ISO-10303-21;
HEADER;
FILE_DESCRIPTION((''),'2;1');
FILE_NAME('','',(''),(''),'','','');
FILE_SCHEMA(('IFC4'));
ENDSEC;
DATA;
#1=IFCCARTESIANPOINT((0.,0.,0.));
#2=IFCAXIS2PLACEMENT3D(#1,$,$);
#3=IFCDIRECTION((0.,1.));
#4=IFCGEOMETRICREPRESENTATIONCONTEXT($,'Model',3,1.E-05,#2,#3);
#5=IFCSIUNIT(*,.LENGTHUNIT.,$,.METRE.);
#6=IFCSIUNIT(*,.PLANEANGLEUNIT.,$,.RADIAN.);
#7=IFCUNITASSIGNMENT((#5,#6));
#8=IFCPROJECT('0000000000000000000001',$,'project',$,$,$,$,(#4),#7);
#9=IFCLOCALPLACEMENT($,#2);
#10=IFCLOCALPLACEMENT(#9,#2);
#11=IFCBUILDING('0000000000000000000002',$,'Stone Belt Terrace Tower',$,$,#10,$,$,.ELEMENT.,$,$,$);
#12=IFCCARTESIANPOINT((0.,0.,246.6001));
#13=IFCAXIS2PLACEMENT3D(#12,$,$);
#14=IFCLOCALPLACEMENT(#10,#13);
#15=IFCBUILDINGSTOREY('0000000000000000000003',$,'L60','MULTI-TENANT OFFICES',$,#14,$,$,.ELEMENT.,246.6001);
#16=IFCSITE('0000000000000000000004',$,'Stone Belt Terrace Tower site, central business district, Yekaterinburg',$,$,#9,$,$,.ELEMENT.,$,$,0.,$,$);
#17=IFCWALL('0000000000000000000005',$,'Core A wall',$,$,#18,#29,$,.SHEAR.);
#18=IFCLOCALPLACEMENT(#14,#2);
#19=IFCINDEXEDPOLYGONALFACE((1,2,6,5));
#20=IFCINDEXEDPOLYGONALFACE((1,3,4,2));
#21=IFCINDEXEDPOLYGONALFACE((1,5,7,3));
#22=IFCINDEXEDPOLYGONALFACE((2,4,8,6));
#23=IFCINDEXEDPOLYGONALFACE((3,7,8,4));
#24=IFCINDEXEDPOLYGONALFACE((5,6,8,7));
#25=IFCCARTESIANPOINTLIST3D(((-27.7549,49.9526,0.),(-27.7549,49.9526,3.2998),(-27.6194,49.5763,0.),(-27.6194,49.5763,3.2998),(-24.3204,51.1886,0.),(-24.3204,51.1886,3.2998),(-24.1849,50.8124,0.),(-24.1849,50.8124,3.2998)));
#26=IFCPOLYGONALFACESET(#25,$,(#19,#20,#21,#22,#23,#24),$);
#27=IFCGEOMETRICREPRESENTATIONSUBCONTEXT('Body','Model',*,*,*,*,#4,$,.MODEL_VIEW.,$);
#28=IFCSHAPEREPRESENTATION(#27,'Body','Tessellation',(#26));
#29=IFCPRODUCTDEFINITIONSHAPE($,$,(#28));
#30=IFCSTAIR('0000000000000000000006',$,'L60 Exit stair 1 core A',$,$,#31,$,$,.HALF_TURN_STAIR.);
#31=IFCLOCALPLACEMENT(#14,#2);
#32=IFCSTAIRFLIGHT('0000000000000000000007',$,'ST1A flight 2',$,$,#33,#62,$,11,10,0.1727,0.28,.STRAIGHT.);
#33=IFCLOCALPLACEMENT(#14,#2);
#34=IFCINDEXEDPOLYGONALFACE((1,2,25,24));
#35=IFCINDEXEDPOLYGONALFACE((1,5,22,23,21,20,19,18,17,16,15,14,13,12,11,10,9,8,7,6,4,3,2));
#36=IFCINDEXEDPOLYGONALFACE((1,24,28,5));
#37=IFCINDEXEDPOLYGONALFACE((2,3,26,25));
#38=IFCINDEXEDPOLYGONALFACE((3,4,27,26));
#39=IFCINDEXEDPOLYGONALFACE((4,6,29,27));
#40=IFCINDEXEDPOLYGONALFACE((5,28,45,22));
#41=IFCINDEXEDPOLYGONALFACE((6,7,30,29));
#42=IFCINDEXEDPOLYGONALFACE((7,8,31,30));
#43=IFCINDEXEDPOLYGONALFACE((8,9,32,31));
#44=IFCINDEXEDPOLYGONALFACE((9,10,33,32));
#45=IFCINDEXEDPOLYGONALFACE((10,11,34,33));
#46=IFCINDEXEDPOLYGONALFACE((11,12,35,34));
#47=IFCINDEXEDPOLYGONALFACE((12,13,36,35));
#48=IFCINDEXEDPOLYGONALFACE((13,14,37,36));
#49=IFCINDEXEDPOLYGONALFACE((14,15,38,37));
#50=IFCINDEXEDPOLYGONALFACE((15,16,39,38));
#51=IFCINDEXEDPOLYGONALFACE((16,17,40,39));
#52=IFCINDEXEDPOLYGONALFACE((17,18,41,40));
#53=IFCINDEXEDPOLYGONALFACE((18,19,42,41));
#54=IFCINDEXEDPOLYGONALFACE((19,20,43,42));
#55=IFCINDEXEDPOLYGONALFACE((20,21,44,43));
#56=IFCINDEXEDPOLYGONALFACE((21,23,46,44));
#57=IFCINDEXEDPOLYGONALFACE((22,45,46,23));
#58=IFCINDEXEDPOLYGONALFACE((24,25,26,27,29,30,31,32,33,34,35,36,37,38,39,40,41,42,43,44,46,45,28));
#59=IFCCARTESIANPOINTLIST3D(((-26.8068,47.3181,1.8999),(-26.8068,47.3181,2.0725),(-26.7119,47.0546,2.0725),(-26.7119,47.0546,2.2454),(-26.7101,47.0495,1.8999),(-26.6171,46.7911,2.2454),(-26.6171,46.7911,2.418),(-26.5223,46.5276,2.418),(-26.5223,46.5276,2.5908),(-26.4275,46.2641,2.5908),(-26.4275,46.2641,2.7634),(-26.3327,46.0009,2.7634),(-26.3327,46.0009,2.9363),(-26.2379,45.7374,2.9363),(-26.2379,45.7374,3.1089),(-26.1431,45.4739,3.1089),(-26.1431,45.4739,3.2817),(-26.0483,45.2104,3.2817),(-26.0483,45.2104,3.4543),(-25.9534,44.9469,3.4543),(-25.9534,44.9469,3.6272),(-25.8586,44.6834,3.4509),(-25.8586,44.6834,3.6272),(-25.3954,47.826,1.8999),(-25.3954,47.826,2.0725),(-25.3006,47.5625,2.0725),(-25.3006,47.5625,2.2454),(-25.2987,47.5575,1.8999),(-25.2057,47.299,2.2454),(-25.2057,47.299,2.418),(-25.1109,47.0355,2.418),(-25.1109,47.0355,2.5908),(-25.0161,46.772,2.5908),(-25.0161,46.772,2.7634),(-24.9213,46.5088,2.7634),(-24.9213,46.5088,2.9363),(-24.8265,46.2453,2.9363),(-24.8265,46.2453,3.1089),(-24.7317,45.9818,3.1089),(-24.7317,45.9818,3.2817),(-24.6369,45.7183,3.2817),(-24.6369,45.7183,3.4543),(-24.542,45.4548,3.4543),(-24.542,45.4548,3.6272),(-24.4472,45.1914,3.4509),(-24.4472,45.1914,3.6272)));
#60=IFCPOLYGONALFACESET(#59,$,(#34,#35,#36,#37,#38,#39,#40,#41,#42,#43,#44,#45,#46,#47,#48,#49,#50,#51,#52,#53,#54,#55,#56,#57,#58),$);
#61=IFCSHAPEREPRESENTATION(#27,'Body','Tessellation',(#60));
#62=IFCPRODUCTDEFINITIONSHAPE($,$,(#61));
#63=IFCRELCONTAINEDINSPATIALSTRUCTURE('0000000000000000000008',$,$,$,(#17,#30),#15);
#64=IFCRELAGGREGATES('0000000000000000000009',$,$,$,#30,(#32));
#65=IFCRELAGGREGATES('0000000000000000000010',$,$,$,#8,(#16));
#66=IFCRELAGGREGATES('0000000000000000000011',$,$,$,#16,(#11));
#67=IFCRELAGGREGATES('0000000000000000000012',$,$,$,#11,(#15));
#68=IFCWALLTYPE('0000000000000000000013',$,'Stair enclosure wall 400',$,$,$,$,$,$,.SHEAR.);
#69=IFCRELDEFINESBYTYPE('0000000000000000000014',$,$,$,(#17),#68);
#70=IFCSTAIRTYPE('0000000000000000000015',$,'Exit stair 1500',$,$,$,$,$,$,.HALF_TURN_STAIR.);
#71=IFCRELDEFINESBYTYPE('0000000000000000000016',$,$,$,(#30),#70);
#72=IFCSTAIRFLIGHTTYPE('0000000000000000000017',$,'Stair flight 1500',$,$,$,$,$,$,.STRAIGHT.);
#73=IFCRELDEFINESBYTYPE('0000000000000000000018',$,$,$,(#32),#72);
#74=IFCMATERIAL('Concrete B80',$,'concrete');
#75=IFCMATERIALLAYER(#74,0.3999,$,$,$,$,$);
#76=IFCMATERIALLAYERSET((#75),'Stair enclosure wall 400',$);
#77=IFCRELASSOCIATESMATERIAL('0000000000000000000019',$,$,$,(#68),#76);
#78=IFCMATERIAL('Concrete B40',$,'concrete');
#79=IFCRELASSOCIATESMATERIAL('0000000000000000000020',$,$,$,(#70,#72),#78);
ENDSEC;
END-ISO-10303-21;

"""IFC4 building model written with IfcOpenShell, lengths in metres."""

from ifc_helpers import new_model, si_unit, direction, frame, frame_2d, origin, place, context, subcontext, project, spatial, polyline, rectangle, outline, extrude, material, layer, layer_set, type_object, element, aggregate, save


model = new_model("IFC4")

# Units and contexts
model_context = context("Model", 3, precision=1e-05, world=origin(), true_north=direction((0.0, 1.0)))
body_context = subcontext(model_context, "Body", "Model", "MODEL_VIEW")
ifc_project = project(units=[si_unit("LENGTHUNIT", "METRE"), si_unit("PLANEANGLEUNIT", "RADIAN")], contexts=[model_context])

# Site, building, storey
site_placement = place(None, origin())
site = spatial("IfcSite", under=ifc_project, at=site_placement, Name="Stone Belt Terrace Tower site, central business district, Yekaterinburg", CompositionType="ELEMENT", RefElevation=0.0)
building_placement = place(site_placement, origin())
building = spatial("IfcBuilding", under=site, at=building_placement, Name="Stone Belt Terrace Tower", CompositionType="ELEMENT")
storey_placement = place(building_placement, frame((0.0, 0.0, 246.6001)))
storey = spatial("IfcBuildingStorey", under=building, at=storey_placement, Name="L60", Description="MULTI-TENANT OFFICES", CompositionType="ELEMENT", Elevation=246.6001)

# Shared definitions
ifc_material_1 = material(Name="Concrete B80", Category="concrete")

# Wall
ifc_layer_1 = layer(ifc_material_1, 0.3999)
ifc_layer_set_1 = layer_set([ifc_layer_1], Name="Stair enclosure wall 400")
wall_type_1 = type_object("IfcWallType", Name="Stair enclosure wall 400", PredefinedType="SHEAR", material=ifc_layer_set_1)
wall_1_placement = place(storey_placement, frame((-27.6873, 49.7644, 0.0), z_axis=(0.0, 0.0, 1.0), x_axis=(0.940919, 0.338632, 0.0)))
element("IfcWall", 1, at=wall_1_placement, inside=storey, type_object=wall_type_1, Name="Core A wall", PredefinedType="SHEAR", context=body_context, shape_type="SweptSolid", body=[
    extrude(rectangle(XDim=3.6501, YDim=0.3999, at=frame_2d((1.8252, 0.0))), origin(), (0.0, 0.0, 1.0), 3.2998),
])

# Stair, stair flight
ifc_material_2 = material(Name="Concrete B40", Category="concrete")
stair_type = type_object("IfcStairType", Name="Exit stair 1500", PredefinedType="HALF_TURN_STAIR", material=ifc_material_2)
stair_placement = place(storey_placement, origin())
stair = element("IfcStair", 2, at=stair_placement, inside=storey, type_object=stair_type, Name="L60 Exit stair 1 core A", PredefinedType="HALF_TURN_STAIR")
stair_flight_type = type_object("IfcStairFlightType", Name="Stair flight 1500", PredefinedType="STRAIGHT", material=ifc_material_2)
stair_flight_placement = place(storey_placement, frame((-26.1011, 47.572, 1.8999), z_axis=(0.0, 0.0, 1.0), x_axis=(0.338624, -0.940922, 0.0)))
stair_flight = element("IfcStairFlight", 3, at=stair_flight_placement, type_object=stair_flight_type, Name="ST1A flight 2", NumberOfRisers=11, NumberOfTreads=10, PredefinedType="STRAIGHT", RiserHeight=0.1727, TreadLength=0.28, context=body_context, shape_type="SweptSolid", body=[
    extrude(outline(polyline([(0.0, 0.0), (0.0, 0.1726), (0.28, 0.1726), (0.28, 0.3455), (0.5601, 0.3455), (0.5601, 0.5181), (0.8401, 0.5181), (0.8401, 0.6909), (1.1201, 0.6909), (1.1201, 0.8635), (1.3999, 0.8635), (1.3999, 1.0364), (1.6799, 1.0364), (1.6799, 1.209), (1.96, 1.209), (1.96, 1.3818), (2.24, 1.3818), (2.24, 1.5544), (2.52, 1.5544), (2.52, 1.7273), (2.8, 1.7273), (2.8, 1.8999), (2.8, 1.551), (0.2854, 0.0), (0.0, 0.0)])), frame((0.0, 0.75, 0.0), z_axis=(0.0, -1.0, 0.0), x_axis=(1.0, 0.0, 0.0)), (0.0, 0.0, 1.0), 1.5),
])
aggregate(stair, [stair_flight])

save(model, "model.ifc")
